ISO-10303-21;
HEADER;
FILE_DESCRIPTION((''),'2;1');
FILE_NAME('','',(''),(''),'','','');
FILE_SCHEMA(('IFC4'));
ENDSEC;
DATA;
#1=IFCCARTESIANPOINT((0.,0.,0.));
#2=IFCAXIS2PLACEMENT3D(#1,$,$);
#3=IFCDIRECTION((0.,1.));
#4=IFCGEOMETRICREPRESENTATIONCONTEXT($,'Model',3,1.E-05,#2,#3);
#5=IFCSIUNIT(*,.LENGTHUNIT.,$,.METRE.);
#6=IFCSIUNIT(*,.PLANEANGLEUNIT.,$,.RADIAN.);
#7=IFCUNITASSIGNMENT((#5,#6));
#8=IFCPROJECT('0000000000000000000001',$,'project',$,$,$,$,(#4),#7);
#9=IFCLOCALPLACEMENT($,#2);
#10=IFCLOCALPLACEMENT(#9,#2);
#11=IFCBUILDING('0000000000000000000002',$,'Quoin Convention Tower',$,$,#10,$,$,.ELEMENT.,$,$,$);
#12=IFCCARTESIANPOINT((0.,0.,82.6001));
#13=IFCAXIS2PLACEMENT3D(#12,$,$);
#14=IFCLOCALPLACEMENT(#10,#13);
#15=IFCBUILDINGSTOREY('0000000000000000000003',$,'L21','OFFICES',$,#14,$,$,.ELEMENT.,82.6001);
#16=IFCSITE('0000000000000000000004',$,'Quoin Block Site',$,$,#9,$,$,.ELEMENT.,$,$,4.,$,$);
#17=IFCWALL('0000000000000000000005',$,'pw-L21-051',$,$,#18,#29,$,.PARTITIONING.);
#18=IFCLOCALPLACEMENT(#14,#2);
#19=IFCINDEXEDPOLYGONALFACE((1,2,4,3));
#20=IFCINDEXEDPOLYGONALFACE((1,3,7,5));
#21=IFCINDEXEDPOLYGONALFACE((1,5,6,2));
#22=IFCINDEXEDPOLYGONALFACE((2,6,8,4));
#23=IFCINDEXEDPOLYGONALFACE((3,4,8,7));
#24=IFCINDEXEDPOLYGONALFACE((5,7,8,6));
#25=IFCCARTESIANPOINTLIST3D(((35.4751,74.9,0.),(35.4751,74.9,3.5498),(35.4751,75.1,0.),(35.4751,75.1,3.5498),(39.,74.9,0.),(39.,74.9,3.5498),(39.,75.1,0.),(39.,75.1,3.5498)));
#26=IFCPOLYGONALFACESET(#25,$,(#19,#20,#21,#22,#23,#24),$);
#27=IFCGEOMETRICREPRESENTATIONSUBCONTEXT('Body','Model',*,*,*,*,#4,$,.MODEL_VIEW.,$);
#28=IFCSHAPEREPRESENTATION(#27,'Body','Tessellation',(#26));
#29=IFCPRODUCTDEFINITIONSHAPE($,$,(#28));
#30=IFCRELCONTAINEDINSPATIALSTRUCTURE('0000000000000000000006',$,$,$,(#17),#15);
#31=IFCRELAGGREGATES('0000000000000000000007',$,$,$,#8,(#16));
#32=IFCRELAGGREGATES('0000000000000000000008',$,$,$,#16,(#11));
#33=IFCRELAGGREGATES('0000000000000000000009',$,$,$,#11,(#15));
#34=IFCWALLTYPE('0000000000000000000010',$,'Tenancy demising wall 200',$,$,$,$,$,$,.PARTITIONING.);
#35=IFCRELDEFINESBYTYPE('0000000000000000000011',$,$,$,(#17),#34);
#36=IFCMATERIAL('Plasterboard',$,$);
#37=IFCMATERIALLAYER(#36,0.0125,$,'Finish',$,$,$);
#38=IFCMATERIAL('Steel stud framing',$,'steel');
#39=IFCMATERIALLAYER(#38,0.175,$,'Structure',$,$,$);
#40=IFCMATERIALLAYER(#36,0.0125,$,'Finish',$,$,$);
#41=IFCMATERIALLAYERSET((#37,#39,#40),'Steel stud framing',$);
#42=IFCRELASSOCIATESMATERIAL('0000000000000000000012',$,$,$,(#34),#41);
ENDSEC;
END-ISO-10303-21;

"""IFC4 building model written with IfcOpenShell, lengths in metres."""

from ifc_helpers import new_model, si_unit, direction, frame, frame_2d, origin, place, context, subcontext, project, spatial, rectangle, extrude, material, layer, layer_set, type_object, element, save


model = new_model("IFC4")

# Units and contexts
model_context = context("Model", 3, precision=1e-05, world=origin(), true_north=direction((0.0, 1.0)))
body_context = subcontext(model_context, "Body", "Model", "MODEL_VIEW")
ifc_project = project(units=[si_unit("LENGTHUNIT", "METRE"), si_unit("PLANEANGLEUNIT", "RADIAN")], contexts=[model_context])

# Site, building, storey
site_placement = place(None, origin())
site = spatial("IfcSite", under=ifc_project, at=site_placement, Name="Quoin Block Site", CompositionType="ELEMENT", RefElevation=4.0)
building_placement = place(site_placement, origin())
building = spatial("IfcBuilding", under=site, at=building_placement, Name="Quoin Convention Tower", CompositionType="ELEMENT")
storey_placement = place(building_placement, frame((0.0, 0.0, 82.6001)))
storey = spatial("IfcBuildingStorey", under=building, at=storey_placement, Name="L21", Description="OFFICES", CompositionType="ELEMENT", Elevation=82.6001)

# Shared definitions
ifc_material_1 = material(Name="Plasterboard")
ifc_material_2 = material(Name="Steel stud framing", Category="steel")

# Wall
ifc_layer_1 = layer(ifc_material_1, 0.0125, Name="Finish")
ifc_layer_2 = layer(ifc_material_2, 0.175, Name="Structure")
ifc_layer_3 = layer(ifc_material_1, 0.0125, Name="Finish")
ifc_layer_set_1 = layer_set([ifc_layer_1, ifc_layer_2, ifc_layer_3], Name="Steel stud framing")
wall_type_1 = type_object("IfcWallType", Name="Tenancy demising wall 200", PredefinedType="PARTITIONING", material=ifc_layer_set_1)
wall_1_placement = place(storey_placement, frame((35.4751, 75.0, 0.0), z_axis=(0.0, 0.0, 1.0), x_axis=(1.0, 0.0, 0.0)))
element("IfcWall", 1, at=wall_1_placement, inside=storey, type_object=wall_type_1, Name="pw-L21-051", PredefinedType="PARTITIONING", context=body_context, shape_type="SweptSolid", body=[
    extrude(rectangle(XDim=3.5249, YDim=0.2, at=frame_2d((1.7625, 0.0))), origin(), (0.0, 0.0, 1.0), 3.5498),
])

save(model, "model.ifc")
